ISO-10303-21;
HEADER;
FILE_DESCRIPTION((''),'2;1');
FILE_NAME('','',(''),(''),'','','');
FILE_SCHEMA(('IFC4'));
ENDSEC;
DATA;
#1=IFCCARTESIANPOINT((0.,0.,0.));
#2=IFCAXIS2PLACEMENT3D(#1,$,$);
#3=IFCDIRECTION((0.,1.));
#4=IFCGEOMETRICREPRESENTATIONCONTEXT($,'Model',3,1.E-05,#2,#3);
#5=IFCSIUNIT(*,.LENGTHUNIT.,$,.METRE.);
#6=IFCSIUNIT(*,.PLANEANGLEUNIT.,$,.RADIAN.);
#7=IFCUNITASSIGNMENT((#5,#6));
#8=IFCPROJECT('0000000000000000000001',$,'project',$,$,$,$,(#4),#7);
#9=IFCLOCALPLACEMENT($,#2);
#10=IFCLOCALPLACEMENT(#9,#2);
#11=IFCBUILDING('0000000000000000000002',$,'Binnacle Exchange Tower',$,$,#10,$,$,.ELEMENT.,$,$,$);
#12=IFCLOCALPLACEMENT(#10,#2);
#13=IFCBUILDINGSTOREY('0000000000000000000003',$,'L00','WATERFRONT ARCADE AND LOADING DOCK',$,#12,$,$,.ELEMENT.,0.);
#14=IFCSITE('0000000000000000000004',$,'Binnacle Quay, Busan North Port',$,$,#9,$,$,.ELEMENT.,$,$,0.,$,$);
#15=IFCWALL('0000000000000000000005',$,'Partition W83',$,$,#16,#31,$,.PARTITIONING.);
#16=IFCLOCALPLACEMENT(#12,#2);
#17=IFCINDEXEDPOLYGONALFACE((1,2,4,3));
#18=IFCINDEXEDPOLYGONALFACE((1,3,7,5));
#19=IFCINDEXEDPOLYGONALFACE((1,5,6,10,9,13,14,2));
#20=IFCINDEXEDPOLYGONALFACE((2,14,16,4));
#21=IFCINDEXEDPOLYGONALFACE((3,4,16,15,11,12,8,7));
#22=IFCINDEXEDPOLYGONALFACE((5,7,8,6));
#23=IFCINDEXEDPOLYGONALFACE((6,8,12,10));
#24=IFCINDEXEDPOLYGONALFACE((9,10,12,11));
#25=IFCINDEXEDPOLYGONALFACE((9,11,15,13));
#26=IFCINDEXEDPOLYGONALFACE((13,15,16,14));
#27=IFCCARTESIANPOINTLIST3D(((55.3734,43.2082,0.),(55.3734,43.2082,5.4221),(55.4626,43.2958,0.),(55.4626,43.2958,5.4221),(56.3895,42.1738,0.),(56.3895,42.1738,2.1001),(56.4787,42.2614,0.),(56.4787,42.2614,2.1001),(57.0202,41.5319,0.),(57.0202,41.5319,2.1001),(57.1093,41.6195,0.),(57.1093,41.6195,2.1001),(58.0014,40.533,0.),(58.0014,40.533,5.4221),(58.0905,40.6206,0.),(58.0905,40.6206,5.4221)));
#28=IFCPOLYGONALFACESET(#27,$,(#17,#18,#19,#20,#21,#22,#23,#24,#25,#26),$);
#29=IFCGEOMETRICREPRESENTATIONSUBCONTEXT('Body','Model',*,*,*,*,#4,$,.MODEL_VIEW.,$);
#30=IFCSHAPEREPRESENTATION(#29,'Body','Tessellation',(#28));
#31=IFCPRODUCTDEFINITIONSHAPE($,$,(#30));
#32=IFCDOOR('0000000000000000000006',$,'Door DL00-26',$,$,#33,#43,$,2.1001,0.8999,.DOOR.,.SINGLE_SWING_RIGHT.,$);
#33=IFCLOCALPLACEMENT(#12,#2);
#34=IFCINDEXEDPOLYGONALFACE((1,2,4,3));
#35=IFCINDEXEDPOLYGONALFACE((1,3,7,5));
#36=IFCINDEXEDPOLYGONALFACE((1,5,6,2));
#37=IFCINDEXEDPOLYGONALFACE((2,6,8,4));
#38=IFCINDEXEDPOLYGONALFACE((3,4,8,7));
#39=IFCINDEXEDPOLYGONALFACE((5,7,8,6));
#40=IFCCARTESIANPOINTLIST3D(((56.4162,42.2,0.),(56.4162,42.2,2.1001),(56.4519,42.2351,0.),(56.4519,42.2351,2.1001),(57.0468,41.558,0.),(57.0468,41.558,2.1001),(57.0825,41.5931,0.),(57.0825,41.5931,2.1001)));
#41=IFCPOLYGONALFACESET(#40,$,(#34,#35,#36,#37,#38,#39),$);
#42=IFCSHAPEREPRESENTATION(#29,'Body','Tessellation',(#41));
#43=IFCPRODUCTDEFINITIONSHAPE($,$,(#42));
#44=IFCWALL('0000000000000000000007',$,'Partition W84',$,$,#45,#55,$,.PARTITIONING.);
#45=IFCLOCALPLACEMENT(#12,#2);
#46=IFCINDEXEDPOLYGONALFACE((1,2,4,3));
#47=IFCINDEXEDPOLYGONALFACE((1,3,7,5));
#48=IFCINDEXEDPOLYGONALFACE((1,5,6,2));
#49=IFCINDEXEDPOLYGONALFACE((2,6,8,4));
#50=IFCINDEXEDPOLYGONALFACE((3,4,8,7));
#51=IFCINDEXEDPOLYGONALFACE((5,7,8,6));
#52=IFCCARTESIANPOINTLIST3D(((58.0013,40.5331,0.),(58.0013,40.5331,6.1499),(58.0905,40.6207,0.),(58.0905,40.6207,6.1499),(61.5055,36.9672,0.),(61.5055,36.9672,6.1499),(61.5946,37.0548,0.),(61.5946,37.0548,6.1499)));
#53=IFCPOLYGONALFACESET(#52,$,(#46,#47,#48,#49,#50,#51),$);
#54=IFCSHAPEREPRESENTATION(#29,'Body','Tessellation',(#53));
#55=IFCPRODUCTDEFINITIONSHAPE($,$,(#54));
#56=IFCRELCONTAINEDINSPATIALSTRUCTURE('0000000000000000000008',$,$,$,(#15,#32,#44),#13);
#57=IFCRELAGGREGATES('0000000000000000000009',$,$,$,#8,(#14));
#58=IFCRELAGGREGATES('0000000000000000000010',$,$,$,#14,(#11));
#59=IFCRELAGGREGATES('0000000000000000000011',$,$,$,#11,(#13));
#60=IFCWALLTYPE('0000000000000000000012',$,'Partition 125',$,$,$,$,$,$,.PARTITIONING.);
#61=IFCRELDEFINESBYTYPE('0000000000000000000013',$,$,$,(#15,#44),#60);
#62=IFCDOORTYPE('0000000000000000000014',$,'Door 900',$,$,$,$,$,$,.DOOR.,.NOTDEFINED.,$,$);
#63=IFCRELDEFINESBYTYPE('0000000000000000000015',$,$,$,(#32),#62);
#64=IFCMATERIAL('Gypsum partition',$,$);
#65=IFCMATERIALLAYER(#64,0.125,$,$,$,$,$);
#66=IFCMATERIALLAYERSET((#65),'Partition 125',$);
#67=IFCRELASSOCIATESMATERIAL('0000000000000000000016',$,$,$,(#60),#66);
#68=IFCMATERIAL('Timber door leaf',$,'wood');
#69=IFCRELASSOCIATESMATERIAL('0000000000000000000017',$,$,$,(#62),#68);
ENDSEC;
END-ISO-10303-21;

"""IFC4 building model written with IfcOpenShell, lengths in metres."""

from ifc_helpers import new_model, si_unit, direction, frame, frame_2d, origin, place, context, subcontext, project, spatial, rectangle, extrude, material, layer, layer_set, type_object, element, fill, save


model = new_model("IFC4")

# Units and contexts
model_context = context("Model", 3, precision=1e-05, world=origin(), true_north=direction((0.0, 1.0)))
body_context = subcontext(model_context, "Body", "Model", "MODEL_VIEW")
ifc_project = project(units=[si_unit("LENGTHUNIT", "METRE"), si_unit("PLANEANGLEUNIT", "RADIAN")], contexts=[model_context])

# Site, building, storey
site_placement = place(None, origin())
site = spatial("IfcSite", under=ifc_project, at=site_placement, Name="Binnacle Quay, Busan North Port", CompositionType="ELEMENT", RefElevation=0.0)
building_placement = place(site_placement, origin())
building = spatial("IfcBuilding", under=site, at=building_placement, Name="Binnacle Exchange Tower", CompositionType="ELEMENT")
storey_placement = place(building_placement, origin())
storey = spatial("IfcBuildingStorey", under=building, at=storey_placement, Name="L00", Description="WATERFRONT ARCADE AND LOADING DOCK", CompositionType="ELEMENT", Elevation=0.0)

# Wall, opening, door
ifc_material_1 = material(Name="Gypsum partition")
ifc_layer_1 = layer(ifc_material_1, 0.125)
ifc_layer_set_1 = layer_set([ifc_layer_1], Name="Partition 125")
wall_type_1 = type_object("IfcWallType", Name="Partition 125", PredefinedType="PARTITIONING", material=ifc_layer_set_1)
wall_1_placement = place(storey_placement, frame((55.418, 43.252, 0.0), z_axis=(0.0, 0.0, 1.0), x_axis=(0.700796, -0.713362, 0.0)))
wall_1 = element("IfcWall", 1, at=wall_1_placement, inside=storey, type_object=wall_type_1, Name="Partition W83", PredefinedType="PARTITIONING", context=body_context, shape_type="SweptSolid", body=[
    extrude(rectangle(XDim=3.75, YDim=0.125, at=frame_2d((1.875, 0.0))), origin(), (0.0, 0.0, 1.0), 5.4221),
])
opening_placement = place(wall_1_placement, frame((1.45, 0.0, 0.0)))
opening = element("IfcOpeningElement", 2, at=opening_placement, cuts=wall_1, PredefinedType="OPENING", context=body_context, shape_type="SweptSolid", body=[
    extrude(rectangle(XDim=0.8999, YDim=2.1001, at=frame_2d((0.45, 1.05))), frame((0.0, 0.0725, 0.0), z_axis=(0.0, -1.0, 0.0), x_axis=(1.0, 0.0, 0.0)), (0.0, 0.0, 1.0), 0.145),
])
ifc_material_2 = material(Name="Timber door leaf", Category="wood")
door_type = type_object("IfcDoorType", Name="Door 900", OperationType="NOTDEFINED", PredefinedType="DOOR", material=ifc_material_2)
door_placement = place(opening_placement, origin())
door = element("IfcDoor", 3, at=door_placement, inside=storey, type_object=door_type, Name="Door DL00-26", OperationType="SINGLE_SWING_RIGHT", OverallHeight=2.1001, OverallWidth=0.8999, PredefinedType="DOOR", context=body_context, shape_type="SweptSolid", body=[
    extrude(rectangle(XDim=0.8999, YDim=2.1001, at=frame_2d((0.45, 1.05))), frame((0.0, 0.0249, 0.0), z_axis=(0.0, -1.0, 0.0), x_axis=(1.0, 0.0, 0.0)), (0.0, 0.0, 1.0), 0.05),
])
fill(opening, door)

# Wall
wall_2_placement = place(storey_placement, frame((58.0459, 40.5769, 0.0), z_axis=(0.0, 0.0, 1.0), x_axis=(0.700902, -0.713257, 0.0)))
element("IfcWall", 4, at=wall_2_placement, inside=storey, type_object=wall_type_1, Name="Partition W84", PredefinedType="PARTITIONING", context=body_context, shape_type="SweptSolid", body=[
    extrude(rectangle(XDim=4.9995, YDim=0.125, at=frame_2d((2.4998, 0.0))), origin(), (0.0, 0.0, 1.0), 6.1499),
])

save(model, "model.ifc")
